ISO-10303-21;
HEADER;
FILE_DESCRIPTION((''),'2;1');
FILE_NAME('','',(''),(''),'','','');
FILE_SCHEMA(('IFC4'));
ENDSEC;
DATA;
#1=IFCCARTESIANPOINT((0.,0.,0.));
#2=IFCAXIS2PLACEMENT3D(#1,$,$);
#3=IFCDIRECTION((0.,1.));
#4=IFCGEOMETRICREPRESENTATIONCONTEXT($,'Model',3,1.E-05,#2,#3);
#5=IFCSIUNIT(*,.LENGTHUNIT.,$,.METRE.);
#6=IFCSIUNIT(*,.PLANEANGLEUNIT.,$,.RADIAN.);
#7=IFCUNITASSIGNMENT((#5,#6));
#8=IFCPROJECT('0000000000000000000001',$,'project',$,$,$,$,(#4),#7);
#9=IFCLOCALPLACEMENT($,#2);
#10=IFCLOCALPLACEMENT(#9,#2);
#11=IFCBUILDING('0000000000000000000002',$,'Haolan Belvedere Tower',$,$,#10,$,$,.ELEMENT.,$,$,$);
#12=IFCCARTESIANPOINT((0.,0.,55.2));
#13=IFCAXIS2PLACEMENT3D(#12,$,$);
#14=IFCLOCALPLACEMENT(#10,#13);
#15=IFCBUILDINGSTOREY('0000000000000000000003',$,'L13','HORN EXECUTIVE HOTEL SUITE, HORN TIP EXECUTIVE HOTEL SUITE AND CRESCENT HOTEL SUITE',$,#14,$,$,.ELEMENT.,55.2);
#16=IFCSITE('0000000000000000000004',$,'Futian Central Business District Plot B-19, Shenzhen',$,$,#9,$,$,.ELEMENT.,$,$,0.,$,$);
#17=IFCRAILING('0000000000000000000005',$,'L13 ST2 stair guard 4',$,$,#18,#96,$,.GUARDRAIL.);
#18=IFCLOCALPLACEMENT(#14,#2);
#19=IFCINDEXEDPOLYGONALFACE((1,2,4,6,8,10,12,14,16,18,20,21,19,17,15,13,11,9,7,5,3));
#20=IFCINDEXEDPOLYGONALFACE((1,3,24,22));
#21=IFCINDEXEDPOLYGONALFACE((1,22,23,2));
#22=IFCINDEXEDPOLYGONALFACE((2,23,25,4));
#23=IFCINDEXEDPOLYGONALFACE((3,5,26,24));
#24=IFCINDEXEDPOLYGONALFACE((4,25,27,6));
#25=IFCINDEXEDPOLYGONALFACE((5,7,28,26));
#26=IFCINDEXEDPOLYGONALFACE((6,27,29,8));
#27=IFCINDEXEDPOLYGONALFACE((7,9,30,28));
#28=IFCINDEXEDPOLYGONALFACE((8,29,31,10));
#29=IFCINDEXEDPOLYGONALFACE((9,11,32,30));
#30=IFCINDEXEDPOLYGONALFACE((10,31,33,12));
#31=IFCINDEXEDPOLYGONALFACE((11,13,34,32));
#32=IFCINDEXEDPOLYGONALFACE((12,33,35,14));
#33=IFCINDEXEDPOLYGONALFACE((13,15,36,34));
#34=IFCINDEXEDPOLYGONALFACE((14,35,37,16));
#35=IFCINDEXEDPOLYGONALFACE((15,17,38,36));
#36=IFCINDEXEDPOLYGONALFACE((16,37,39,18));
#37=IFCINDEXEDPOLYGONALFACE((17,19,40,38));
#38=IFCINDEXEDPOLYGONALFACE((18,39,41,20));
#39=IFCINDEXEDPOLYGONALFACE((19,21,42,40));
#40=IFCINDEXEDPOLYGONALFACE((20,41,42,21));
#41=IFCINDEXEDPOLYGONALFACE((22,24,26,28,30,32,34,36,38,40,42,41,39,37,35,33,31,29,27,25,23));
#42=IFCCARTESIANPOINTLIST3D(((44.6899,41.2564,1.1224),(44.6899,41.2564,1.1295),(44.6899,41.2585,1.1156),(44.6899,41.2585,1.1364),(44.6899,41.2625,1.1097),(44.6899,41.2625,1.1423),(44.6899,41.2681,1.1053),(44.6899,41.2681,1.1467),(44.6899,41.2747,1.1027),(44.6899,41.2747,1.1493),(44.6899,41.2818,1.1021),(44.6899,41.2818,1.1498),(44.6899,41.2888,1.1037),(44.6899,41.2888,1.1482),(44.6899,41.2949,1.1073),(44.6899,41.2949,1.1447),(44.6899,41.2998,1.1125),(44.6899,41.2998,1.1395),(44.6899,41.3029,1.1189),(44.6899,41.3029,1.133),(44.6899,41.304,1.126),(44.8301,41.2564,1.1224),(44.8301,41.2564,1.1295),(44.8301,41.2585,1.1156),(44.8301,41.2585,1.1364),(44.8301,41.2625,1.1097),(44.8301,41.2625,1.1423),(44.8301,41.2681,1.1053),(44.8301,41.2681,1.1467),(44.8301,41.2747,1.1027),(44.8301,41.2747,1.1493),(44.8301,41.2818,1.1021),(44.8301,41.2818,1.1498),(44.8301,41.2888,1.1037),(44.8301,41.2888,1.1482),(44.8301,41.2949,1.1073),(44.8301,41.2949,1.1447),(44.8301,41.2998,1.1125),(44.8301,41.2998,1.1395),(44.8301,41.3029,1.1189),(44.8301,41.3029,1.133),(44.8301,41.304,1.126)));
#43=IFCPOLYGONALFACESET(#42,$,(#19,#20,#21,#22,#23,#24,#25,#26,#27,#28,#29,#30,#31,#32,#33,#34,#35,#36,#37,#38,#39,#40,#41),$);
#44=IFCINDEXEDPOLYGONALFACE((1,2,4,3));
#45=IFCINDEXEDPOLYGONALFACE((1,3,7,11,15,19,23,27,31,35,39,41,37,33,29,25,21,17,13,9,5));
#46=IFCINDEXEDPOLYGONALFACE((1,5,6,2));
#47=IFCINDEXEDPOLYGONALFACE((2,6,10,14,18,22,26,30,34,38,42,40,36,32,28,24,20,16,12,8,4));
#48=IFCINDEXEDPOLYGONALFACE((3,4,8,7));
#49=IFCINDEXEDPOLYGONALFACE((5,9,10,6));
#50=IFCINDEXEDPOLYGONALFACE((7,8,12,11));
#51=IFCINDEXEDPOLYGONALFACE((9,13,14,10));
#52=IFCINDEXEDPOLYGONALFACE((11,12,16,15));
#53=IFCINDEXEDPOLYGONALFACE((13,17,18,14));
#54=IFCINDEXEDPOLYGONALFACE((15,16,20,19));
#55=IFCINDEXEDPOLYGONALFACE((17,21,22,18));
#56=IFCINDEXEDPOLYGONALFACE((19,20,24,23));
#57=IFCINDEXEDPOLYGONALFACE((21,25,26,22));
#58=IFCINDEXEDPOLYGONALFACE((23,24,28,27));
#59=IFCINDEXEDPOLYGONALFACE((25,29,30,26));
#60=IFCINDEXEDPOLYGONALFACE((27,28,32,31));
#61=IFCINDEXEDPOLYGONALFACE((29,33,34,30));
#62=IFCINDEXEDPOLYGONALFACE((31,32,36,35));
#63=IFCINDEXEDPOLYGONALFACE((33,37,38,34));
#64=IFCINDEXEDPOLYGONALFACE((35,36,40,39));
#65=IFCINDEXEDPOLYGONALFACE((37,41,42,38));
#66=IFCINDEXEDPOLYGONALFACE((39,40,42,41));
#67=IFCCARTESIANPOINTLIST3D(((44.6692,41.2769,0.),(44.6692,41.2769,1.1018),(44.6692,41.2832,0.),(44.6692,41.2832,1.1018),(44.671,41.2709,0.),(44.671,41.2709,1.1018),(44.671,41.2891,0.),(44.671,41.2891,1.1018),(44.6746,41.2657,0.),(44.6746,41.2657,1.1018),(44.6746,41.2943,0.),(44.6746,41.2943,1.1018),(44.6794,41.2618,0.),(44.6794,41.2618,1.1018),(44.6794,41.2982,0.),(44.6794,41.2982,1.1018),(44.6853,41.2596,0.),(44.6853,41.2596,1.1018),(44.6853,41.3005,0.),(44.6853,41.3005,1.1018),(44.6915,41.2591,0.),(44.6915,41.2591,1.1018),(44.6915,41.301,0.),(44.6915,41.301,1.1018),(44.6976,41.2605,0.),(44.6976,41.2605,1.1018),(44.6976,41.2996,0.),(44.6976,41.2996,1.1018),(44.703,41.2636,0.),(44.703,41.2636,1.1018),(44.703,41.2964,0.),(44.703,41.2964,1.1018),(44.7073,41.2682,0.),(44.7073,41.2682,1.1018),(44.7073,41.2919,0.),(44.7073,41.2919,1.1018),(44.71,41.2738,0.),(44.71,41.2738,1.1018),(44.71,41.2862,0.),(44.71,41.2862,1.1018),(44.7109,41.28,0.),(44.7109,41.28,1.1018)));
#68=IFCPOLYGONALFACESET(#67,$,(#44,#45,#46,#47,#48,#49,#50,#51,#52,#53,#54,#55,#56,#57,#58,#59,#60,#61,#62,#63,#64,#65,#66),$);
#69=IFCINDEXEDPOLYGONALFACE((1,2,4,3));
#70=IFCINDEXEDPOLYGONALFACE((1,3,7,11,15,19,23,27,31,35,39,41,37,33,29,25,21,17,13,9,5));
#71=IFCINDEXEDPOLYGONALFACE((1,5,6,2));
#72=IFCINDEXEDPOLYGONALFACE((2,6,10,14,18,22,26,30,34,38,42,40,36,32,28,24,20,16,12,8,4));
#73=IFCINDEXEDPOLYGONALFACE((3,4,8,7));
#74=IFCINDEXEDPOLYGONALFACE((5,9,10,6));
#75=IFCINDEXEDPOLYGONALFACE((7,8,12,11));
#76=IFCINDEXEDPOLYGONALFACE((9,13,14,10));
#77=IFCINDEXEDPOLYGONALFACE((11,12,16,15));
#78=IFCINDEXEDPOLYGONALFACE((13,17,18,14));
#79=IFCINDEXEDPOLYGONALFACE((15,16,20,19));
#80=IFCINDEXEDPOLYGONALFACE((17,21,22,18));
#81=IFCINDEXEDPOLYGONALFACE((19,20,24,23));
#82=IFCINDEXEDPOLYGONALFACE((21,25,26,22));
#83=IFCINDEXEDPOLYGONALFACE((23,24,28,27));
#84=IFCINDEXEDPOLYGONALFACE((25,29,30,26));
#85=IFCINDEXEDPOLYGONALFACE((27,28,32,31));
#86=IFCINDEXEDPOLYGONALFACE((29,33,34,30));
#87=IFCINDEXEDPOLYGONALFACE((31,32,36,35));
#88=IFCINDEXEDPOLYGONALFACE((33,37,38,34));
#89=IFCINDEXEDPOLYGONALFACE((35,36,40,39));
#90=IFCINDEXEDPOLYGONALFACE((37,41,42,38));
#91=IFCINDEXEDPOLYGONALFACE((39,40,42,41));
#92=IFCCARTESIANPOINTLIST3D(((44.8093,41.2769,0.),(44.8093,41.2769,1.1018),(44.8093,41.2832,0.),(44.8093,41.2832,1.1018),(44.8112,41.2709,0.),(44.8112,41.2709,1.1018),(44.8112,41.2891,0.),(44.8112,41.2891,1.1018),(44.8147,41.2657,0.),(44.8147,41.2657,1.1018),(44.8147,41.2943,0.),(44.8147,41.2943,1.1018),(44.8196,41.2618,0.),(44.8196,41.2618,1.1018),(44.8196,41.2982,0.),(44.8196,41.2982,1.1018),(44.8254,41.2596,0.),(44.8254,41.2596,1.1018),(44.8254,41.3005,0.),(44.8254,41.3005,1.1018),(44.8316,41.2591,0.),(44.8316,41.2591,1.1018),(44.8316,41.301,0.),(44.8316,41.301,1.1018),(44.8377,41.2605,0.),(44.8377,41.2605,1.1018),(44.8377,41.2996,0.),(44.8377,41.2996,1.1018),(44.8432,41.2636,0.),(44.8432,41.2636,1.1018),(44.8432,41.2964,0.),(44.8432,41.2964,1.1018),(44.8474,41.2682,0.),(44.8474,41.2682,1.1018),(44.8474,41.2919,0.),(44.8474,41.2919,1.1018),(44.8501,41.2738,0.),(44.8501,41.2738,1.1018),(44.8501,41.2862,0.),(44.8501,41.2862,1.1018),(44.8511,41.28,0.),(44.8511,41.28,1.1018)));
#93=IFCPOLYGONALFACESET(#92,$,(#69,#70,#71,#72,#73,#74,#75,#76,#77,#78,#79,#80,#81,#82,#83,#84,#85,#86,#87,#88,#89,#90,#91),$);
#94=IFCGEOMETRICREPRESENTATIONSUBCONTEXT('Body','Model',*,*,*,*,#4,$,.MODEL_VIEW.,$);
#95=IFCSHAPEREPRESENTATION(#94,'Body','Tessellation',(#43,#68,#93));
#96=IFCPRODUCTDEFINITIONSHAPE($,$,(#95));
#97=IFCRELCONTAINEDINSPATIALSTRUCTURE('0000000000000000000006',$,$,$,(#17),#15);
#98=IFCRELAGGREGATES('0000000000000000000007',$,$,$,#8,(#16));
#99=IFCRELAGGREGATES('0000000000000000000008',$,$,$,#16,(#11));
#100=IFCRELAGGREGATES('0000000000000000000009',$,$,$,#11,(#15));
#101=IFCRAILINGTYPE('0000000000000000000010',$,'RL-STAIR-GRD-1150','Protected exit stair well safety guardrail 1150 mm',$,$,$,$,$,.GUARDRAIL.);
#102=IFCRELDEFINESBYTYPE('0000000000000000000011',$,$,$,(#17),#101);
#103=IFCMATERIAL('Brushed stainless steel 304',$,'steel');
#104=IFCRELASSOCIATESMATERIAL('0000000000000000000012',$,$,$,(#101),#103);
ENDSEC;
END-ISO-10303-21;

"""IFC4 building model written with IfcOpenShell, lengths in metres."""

from ifc_helpers import new_model, si_unit, direction, frame, origin, origin_2d, place, context, subcontext, project, spatial, circle, extrude, material, type_object, element, save


model = new_model("IFC4")

# Units and contexts
model_context = context("Model", 3, precision=1e-05, world=origin(), true_north=direction((0.0, 1.0)))
body_context = subcontext(model_context, "Body", "Model", "MODEL_VIEW")
ifc_project = project(units=[si_unit("LENGTHUNIT", "METRE"), si_unit("PLANEANGLEUNIT", "RADIAN")], contexts=[model_context])

# Site, building, storey
site_placement = place(None, origin())
site = spatial("IfcSite", under=ifc_project, at=site_placement, Name="Futian Central Business District Plot B-19, Shenzhen", CompositionType="ELEMENT", RefElevation=0.0)
building_placement = place(site_placement, origin())
building = spatial("IfcBuilding", under=site, at=building_placement, Name="Haolan Belvedere Tower", CompositionType="ELEMENT")
storey_placement = place(building_placement, frame((0.0, 0.0, 55.2)))
storey = spatial("IfcBuildingStorey", under=building, at=storey_placement, Name="L13", Description="HORN EXECUTIVE HOTEL SUITE, HORN TIP EXECUTIVE HOTEL SUITE AND CRESCENT HOTEL SUITE", CompositionType="ELEMENT", Elevation=55.2)

# Railing
ifc_material_1 = material(Name="Brushed stainless steel 304", Category="steel")
railing_type_1 = type_object("IfcRailingType", Name="RL-STAIR-GRD-1150", Description="Protected exit stair well safety guardrail 1150 mm", PredefinedType="GUARDRAIL", material=ifc_material_1)
railing_1_placement = place(storey_placement, frame((44.6899, 41.28, 0.0)))
element("IfcRailing", 1, at=railing_1_placement, inside=storey, type_object=railing_type_1, Name="L13 ST2 stair guard 4", PredefinedType="GUARDRAIL", context=body_context, shape_type="SweptSolid", body=[
    extrude(circle(Radius=0.0239, at=origin_2d()), frame((0.0, 0.0, 1.126), z_axis=(1.0, 0.0, 0.0), x_axis=(0.0, 1.0, 0.0)), (0.0, 0.0, 1.0), 0.1401),
    extrude(circle(Radius=0.021, at=origin_2d()), origin(), (0.0, 0.0, 1.0), 1.1018),
    extrude(circle(Radius=0.021, at=origin_2d()), frame((0.1401, 0.0, 0.0)), (0.0, 0.0, 1.0), 1.1018),
])

save(model, "model.ifc")
